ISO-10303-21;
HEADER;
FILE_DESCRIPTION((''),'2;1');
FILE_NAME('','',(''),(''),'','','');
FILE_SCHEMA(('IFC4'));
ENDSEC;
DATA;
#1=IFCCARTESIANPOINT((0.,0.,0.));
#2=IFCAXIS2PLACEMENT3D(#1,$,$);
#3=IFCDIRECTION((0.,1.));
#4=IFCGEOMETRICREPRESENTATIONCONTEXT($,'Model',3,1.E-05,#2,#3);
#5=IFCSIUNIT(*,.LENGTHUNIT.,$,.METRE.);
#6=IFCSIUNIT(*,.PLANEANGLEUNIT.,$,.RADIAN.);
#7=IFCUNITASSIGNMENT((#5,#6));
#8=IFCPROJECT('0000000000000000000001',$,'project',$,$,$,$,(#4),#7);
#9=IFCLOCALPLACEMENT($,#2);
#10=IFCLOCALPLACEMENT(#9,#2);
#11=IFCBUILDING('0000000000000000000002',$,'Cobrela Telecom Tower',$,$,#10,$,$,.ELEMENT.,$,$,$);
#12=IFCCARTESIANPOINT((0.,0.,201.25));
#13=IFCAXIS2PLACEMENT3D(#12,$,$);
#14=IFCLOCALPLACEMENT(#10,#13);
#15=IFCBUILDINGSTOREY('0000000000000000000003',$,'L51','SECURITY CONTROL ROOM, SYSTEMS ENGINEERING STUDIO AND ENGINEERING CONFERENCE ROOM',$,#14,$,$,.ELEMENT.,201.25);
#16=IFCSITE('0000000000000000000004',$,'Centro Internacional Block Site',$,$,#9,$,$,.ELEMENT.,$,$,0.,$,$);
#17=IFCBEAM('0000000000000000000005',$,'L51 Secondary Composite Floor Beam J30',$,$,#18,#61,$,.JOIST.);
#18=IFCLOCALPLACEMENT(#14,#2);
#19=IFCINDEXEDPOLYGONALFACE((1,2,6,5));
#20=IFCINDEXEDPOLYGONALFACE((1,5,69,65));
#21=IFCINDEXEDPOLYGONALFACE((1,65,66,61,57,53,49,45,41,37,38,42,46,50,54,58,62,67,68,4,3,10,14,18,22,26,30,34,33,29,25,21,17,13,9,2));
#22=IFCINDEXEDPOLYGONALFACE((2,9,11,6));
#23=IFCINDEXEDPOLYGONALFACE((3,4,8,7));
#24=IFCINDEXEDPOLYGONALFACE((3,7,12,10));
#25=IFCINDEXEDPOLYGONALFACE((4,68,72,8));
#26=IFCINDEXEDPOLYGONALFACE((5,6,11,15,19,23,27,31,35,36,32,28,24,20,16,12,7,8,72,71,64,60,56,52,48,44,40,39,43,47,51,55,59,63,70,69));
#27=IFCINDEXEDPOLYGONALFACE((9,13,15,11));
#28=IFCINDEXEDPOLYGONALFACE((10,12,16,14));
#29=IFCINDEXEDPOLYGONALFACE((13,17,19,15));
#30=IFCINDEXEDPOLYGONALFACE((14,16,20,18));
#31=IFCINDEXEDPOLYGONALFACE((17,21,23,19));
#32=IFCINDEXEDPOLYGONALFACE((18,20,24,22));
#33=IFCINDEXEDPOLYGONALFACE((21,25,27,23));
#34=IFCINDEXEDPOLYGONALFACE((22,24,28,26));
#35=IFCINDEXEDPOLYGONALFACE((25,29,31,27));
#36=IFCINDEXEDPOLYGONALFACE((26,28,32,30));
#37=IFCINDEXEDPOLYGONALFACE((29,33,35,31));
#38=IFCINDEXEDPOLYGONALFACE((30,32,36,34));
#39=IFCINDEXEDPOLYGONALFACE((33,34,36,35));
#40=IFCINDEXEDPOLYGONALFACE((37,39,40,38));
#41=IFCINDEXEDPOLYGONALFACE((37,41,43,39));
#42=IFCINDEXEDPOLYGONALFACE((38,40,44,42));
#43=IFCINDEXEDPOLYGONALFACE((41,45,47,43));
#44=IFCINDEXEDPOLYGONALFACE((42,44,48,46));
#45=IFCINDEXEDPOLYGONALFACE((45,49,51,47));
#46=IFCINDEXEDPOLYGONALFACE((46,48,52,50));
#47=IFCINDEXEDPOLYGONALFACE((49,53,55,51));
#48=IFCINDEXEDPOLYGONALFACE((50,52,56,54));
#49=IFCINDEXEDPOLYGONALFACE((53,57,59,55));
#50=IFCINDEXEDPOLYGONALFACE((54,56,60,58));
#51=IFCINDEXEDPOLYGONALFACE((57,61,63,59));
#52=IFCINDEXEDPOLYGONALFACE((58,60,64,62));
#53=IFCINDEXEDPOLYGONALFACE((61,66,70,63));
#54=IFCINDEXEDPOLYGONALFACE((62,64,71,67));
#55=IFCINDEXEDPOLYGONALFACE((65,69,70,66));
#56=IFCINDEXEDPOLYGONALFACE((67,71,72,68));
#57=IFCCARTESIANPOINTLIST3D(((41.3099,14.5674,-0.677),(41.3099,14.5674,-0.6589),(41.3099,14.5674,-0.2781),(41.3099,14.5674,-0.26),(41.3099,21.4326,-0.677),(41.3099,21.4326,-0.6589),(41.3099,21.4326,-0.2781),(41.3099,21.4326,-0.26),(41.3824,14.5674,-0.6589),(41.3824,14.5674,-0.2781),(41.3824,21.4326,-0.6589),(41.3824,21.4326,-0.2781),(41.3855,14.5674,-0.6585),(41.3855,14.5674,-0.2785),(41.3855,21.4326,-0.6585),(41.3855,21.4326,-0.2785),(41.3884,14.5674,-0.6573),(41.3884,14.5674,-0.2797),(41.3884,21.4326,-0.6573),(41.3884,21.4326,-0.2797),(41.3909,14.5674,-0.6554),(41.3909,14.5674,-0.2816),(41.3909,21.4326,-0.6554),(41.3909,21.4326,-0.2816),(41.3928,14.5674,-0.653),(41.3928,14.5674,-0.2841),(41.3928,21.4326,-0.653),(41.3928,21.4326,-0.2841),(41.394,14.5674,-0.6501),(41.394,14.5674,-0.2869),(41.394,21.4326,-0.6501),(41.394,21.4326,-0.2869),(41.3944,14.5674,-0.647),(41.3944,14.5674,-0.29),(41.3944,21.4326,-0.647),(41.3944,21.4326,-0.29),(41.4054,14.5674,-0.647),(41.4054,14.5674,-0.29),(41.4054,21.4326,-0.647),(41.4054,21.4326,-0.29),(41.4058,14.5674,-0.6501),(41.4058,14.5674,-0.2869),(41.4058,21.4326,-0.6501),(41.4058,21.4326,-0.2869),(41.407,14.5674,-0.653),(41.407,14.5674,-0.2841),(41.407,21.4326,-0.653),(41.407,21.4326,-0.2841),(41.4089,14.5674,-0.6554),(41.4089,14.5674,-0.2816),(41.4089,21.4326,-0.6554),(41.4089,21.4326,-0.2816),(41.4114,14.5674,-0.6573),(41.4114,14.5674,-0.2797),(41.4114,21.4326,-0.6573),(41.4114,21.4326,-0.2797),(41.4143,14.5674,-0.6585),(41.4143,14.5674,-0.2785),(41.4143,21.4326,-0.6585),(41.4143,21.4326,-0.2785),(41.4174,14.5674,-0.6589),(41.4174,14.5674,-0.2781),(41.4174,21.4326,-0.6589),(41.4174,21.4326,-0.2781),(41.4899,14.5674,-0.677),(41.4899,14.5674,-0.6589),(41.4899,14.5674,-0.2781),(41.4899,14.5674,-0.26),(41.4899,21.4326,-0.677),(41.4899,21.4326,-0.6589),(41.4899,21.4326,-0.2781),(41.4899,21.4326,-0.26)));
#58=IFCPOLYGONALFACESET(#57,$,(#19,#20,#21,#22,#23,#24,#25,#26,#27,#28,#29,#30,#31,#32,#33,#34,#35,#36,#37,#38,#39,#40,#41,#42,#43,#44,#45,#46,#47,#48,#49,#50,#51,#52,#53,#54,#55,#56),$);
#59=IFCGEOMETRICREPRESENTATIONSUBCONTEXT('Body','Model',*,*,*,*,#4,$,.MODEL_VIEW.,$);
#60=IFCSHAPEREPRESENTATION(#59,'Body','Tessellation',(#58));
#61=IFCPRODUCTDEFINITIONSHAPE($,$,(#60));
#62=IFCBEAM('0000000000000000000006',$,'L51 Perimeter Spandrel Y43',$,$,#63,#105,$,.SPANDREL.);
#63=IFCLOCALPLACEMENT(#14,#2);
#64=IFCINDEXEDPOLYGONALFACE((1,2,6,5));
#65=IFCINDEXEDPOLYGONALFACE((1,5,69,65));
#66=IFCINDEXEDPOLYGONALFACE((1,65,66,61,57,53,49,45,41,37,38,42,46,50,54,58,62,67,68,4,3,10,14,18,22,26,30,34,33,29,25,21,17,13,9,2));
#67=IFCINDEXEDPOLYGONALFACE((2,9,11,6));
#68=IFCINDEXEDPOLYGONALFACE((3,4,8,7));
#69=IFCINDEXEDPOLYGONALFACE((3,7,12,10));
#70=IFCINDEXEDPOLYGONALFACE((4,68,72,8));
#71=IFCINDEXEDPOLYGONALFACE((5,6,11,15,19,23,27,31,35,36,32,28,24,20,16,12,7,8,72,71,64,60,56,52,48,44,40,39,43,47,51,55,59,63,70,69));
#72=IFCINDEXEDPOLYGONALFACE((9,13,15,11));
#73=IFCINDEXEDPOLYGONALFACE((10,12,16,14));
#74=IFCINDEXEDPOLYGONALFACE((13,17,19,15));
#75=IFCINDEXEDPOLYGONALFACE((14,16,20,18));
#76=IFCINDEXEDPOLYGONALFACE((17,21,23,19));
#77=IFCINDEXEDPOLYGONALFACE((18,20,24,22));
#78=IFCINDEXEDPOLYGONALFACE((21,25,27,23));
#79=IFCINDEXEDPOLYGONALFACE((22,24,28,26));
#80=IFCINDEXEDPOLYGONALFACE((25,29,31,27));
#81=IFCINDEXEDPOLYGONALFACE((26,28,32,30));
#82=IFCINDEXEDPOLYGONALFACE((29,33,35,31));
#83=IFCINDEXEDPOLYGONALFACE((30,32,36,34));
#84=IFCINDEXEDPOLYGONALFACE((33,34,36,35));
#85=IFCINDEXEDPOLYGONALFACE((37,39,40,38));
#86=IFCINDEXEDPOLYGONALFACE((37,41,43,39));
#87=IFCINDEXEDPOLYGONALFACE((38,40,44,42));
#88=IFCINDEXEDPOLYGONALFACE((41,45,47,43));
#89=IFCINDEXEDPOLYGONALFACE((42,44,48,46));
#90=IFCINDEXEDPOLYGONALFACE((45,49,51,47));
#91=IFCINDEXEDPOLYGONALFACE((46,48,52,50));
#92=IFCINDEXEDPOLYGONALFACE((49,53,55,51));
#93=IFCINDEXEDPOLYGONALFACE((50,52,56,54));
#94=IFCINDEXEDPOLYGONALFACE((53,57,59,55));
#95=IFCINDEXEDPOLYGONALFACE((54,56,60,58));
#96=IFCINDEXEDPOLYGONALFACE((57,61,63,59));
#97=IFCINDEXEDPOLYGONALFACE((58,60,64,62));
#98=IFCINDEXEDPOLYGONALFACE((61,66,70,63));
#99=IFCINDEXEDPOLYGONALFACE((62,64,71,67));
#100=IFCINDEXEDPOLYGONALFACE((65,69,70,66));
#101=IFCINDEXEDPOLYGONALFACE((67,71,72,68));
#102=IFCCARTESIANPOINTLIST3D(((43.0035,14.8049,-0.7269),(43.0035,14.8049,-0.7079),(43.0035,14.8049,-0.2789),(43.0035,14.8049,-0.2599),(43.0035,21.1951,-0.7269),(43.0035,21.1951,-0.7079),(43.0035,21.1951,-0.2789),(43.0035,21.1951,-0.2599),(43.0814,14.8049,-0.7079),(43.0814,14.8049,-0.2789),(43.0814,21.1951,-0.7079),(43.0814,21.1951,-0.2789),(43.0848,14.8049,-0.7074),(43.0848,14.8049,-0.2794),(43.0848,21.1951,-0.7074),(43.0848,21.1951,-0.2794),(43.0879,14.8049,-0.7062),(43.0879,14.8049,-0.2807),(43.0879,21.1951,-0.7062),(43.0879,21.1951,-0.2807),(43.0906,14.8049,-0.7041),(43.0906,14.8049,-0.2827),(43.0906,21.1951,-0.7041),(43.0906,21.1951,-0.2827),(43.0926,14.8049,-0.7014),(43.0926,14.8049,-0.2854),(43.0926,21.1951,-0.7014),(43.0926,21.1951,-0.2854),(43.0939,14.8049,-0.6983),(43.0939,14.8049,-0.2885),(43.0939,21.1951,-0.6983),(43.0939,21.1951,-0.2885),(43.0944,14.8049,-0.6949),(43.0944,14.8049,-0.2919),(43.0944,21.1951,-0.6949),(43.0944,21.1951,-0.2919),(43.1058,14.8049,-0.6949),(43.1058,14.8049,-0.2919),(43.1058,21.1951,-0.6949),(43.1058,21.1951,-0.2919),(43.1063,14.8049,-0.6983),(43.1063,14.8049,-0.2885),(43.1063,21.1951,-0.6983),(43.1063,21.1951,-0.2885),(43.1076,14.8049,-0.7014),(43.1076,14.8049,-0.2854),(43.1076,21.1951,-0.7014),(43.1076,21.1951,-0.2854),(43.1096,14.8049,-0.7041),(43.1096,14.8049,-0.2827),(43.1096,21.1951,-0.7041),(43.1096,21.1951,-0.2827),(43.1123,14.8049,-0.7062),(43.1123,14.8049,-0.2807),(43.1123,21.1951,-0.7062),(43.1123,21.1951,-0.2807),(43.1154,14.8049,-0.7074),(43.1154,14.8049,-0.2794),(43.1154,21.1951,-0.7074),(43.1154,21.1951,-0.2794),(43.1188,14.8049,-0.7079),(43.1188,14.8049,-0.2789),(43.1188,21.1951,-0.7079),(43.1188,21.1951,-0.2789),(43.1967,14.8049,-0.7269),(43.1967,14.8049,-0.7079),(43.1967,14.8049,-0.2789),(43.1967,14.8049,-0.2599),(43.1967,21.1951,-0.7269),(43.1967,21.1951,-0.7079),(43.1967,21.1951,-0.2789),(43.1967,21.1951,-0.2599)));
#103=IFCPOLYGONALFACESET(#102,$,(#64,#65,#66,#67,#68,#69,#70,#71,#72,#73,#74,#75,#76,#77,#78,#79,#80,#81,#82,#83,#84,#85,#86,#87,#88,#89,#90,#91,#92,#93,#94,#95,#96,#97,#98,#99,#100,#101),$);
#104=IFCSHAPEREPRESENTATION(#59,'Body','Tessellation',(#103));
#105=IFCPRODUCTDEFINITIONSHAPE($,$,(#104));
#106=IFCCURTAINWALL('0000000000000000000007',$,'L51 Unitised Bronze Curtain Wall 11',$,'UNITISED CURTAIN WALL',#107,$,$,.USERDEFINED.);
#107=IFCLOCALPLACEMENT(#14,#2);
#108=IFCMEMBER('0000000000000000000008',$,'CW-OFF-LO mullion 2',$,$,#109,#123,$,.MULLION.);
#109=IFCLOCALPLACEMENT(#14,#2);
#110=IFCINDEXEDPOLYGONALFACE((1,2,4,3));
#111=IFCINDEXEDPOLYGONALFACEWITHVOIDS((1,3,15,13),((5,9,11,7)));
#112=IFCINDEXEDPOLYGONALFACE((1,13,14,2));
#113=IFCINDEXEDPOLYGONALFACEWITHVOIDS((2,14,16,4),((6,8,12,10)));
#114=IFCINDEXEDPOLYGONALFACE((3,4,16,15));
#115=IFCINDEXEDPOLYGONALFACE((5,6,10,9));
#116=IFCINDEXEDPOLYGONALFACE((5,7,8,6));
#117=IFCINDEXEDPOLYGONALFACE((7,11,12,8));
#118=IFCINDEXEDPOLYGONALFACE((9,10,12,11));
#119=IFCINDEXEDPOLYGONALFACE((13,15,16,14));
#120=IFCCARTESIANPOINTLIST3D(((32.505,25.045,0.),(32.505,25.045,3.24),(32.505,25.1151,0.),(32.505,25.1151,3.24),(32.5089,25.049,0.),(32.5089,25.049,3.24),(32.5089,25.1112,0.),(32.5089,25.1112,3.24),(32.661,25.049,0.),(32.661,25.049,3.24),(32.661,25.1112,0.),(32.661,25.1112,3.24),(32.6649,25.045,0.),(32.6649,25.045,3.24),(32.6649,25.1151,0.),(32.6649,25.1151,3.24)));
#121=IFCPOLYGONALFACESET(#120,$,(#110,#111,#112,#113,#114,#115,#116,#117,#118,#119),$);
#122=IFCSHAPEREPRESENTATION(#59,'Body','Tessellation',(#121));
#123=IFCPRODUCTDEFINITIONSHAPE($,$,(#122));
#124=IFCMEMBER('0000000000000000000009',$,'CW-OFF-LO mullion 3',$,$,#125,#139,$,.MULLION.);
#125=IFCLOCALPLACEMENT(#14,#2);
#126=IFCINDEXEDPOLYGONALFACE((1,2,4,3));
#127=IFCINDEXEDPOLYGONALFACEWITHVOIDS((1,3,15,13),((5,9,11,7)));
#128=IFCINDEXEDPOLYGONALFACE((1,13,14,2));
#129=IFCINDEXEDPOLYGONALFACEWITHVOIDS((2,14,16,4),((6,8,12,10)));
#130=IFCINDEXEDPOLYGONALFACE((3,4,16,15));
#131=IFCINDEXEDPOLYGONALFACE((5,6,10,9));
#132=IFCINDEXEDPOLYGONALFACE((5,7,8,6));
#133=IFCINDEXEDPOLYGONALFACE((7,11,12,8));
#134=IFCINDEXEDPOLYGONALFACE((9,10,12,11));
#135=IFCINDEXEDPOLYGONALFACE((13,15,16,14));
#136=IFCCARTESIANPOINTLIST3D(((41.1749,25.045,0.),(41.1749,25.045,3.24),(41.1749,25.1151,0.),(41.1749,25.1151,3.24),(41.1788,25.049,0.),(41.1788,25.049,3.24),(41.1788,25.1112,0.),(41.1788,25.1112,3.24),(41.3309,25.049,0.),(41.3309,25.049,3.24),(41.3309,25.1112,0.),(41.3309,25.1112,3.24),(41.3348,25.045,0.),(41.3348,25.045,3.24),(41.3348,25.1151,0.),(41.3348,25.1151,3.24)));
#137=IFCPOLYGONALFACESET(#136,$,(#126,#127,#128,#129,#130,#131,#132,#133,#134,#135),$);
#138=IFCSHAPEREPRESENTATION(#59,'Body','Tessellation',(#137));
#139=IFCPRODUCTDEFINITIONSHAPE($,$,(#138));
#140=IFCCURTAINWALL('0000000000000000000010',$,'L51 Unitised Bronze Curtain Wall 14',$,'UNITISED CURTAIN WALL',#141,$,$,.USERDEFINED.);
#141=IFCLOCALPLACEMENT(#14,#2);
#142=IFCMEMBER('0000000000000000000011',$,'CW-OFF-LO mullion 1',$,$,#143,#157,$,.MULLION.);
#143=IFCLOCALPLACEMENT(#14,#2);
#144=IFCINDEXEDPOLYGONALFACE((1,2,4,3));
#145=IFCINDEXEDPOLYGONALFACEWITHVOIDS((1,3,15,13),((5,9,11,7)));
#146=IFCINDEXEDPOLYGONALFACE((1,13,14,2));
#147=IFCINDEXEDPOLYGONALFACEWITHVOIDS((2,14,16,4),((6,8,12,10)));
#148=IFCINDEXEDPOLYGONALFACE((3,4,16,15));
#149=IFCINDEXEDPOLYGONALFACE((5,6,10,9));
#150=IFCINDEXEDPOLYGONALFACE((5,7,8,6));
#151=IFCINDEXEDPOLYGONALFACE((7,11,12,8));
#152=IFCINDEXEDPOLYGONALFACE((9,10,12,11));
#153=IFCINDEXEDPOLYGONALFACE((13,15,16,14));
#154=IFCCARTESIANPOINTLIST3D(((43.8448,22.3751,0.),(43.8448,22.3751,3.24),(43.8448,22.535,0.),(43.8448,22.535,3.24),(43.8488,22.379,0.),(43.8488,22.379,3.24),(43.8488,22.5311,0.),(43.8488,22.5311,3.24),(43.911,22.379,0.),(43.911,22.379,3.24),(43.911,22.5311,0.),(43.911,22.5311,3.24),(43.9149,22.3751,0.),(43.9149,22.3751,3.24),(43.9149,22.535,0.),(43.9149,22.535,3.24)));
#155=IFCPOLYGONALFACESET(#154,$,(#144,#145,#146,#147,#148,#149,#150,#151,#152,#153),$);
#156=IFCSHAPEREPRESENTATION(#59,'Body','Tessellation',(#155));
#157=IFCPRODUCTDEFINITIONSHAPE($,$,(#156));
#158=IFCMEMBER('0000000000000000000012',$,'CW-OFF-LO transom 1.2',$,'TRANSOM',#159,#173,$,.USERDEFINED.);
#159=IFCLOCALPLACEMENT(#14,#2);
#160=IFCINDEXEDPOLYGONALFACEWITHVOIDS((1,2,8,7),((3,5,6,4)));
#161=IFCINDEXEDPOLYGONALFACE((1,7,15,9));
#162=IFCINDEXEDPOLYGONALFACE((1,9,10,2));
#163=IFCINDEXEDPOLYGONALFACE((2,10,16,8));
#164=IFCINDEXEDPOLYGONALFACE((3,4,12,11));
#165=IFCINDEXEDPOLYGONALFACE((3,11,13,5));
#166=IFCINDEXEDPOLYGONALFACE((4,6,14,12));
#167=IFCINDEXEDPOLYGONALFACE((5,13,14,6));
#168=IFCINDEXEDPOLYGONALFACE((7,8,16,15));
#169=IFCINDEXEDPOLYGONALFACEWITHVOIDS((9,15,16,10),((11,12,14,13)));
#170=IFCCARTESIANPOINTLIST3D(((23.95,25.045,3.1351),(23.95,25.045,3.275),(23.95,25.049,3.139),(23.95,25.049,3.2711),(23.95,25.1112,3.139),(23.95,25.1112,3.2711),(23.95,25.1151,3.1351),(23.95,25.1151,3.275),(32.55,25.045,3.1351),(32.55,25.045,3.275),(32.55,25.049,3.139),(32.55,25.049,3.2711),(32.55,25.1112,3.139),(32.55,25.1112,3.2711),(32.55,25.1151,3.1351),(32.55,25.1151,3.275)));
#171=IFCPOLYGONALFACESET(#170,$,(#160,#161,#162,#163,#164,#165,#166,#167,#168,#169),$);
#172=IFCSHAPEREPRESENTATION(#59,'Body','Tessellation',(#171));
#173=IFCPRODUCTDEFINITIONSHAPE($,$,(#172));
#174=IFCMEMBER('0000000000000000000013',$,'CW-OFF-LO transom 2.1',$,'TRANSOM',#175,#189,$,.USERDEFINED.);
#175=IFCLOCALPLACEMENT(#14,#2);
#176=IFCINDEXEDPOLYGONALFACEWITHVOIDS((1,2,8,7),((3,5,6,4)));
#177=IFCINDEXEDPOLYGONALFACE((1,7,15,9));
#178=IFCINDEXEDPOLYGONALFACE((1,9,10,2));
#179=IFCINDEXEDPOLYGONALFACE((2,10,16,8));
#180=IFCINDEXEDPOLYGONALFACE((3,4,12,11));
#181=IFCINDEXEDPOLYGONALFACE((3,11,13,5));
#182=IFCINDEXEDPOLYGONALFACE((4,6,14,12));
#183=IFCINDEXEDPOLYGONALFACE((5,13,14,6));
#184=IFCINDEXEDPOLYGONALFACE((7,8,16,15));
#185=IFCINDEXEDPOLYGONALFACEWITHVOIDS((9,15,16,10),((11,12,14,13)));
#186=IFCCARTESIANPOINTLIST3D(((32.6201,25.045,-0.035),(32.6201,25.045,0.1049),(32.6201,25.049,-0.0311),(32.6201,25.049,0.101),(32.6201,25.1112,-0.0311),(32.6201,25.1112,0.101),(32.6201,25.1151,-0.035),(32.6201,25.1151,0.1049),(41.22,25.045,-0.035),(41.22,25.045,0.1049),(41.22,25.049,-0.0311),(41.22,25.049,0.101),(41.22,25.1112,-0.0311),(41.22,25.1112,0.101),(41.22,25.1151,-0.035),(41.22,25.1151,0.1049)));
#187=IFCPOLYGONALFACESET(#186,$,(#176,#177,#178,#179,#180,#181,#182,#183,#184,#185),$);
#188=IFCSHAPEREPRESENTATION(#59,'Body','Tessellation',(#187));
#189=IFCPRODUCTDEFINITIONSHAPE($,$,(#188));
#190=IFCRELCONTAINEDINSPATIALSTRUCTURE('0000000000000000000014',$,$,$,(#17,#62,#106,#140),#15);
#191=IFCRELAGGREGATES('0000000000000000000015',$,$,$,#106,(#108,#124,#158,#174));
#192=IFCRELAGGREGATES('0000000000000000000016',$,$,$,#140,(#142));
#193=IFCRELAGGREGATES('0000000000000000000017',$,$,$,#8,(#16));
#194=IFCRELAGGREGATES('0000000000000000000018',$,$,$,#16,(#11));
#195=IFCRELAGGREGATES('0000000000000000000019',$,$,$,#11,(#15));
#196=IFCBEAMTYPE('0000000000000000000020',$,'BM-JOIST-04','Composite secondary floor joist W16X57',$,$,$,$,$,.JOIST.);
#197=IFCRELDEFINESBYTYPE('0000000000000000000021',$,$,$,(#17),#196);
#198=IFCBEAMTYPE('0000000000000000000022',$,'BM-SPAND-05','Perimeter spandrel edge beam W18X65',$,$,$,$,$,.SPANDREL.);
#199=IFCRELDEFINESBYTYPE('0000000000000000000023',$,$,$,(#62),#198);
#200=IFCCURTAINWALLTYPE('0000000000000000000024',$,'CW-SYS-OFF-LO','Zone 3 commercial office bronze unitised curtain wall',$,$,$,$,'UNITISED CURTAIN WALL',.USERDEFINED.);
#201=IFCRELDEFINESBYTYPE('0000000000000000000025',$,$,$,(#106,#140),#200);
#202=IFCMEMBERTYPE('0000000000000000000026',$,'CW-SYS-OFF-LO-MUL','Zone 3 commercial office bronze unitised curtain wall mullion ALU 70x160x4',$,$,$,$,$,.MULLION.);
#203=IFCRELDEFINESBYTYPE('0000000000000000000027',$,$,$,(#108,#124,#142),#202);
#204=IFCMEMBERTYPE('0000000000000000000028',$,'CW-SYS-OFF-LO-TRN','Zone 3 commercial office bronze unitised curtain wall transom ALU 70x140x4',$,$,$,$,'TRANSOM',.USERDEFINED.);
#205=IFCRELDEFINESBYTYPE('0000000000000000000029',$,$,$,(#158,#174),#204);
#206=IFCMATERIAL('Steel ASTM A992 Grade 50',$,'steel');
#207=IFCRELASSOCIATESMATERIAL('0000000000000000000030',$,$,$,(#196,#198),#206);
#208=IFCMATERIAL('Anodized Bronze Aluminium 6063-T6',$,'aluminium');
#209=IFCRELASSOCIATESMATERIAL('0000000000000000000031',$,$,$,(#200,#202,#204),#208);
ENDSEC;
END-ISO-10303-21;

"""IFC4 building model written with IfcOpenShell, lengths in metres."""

from ifc_helpers import new_model, si_unit, direction, frame, origin, origin_2d, place, context, subcontext, project, spatial, hollow_rectangle, i_section, extrude, material, material_profile, profile_set, type_object, element, aggregate, save


model = new_model("IFC4")

# Units and contexts
model_context = context("Model", 3, precision=1e-05, world=origin(), true_north=direction((0.0, 1.0)))
body_context = subcontext(model_context, "Body", "Model", "MODEL_VIEW")
ifc_project = project(units=[si_unit("LENGTHUNIT", "METRE"), si_unit("PLANEANGLEUNIT", "RADIAN")], contexts=[model_context])

# Site, building, storey
site_placement = place(None, origin())
site = spatial("IfcSite", under=ifc_project, at=site_placement, Name="Centro Internacional Block Site", CompositionType="ELEMENT", RefElevation=0.0)
building_placement = place(site_placement, origin())
building = spatial("IfcBuilding", under=site, at=building_placement, Name="Cobrela Telecom Tower", CompositionType="ELEMENT")
storey_placement = place(building_placement, frame((0.0, 0.0, 201.25)))
storey = spatial("IfcBuildingStorey", under=building, at=storey_placement, Name="L51", Description="SECURITY CONTROL ROOM, SYSTEMS ENGINEERING STUDIO AND ENGINEERING CONFERENCE ROOM", CompositionType="ELEMENT", Elevation=201.25)

# Shared definitions
ifc_material_1 = material(Name="Steel ASTM A992 Grade 50", Category="steel")

# Beams
ifc_material_profile_1 = material_profile(ifc_material_1, i_section(OverallWidth=0.1799, OverallDepth=0.417, WebThickness=0.011, FlangeThickness=0.0181, FilletRadius=0.012, at=origin_2d()), Name="W16X57")
ifc_profile_set_1 = profile_set([ifc_material_profile_1], Name="Steel ASTM A992 Grade 50")
beam_type_1 = type_object("IfcBeamType", Name="BM-JOIST-04", Description="Composite secondary floor joist W16X57", PredefinedType="JOIST", material=ifc_profile_set_1)
for number, where, z_axis, x_axis, name in (
    (1, (41.3999, 14.5674, -0.4685), (0.0, 1.0, 0.0), (-1.0, 0.0, 0.0), "L51 Secondary Composite Floor Beam J30"),
):
    element("IfcBeam", number, at=place(storey_placement, frame(where, z_axis=z_axis, x_axis=x_axis)), inside=storey, type_object=beam_type_1, Name=name, PredefinedType="JOIST", context=body_context, shape_type="SweptSolid", body=[
        extrude(i_section(OverallWidth=0.1799, OverallDepth=0.417, WebThickness=0.011, FlangeThickness=0.0181, FilletRadius=0.012, at=origin_2d()), origin(), (0.0, 0.0, 1.0), 6.8652),
    ])
ifc_material_profile_2 = material_profile(ifc_material_1, i_section(OverallWidth=0.1931, OverallDepth=0.467, WebThickness=0.0115, FlangeThickness=0.019, FilletRadius=0.0129, at=origin_2d()), Name="W18X65")
ifc_profile_set_2 = profile_set([ifc_material_profile_2], Name="Steel ASTM A992 Grade 50")
beam_type_2 = type_object("IfcBeamType", Name="BM-SPAND-05", Description="Perimeter spandrel edge beam W18X65", PredefinedType="SPANDREL", material=ifc_profile_set_2)
beam_1_placement = place(storey_placement, frame((43.1001, 14.8049, -0.4934), z_axis=(0.0, 1.0, 0.0), x_axis=(-1.0, 0.0, 0.0)))
element("IfcBeam", 2, at=beam_1_placement, inside=storey, type_object=beam_type_2, Name="L51 Perimeter Spandrel Y43", PredefinedType="SPANDREL", context=body_context, shape_type="SweptSolid", body=[
    extrude(i_section(OverallWidth=0.1931, OverallDepth=0.467, WebThickness=0.0115, FlangeThickness=0.019, FilletRadius=0.0129, at=origin_2d()), origin(), (0.0, 0.0, 1.0), 6.3901),
])

# Curtain wall, members
ifc_material_2 = material(Name="Anodized Bronze Aluminium 6063-T6", Category="aluminium")
curtain_wall_type = type_object("IfcCurtainWallType", Name="CW-SYS-OFF-LO", Description="Zone 3 commercial office bronze unitised curtain wall", ElementType="UNITISED CURTAIN WALL", PredefinedType="USERDEFINED", material=ifc_material_2)
curtain_wall_1_placement = place(storey_placement, origin())
curtain_wall_1 = element("IfcCurtainWall", 3, at=curtain_wall_1_placement, inside=storey, type_object=curtain_wall_type, Name="L51 Unitised Bronze Curtain Wall 11", ObjectType="UNITISED CURTAIN WALL", PredefinedType="USERDEFINED")
ifc_material_profile_3 = material_profile(ifc_material_2, hollow_rectangle(XDim=0.0701, YDim=0.1599, WallThickness=0.0039, at=origin_2d()), Name="ALU 70x160x4")
ifc_profile_set_3 = profile_set([ifc_material_profile_3], Name="Anodized Bronze Aluminium 6063-T6")
member_type_1 = type_object("IfcMemberType", Name="CW-SYS-OFF-LO-MUL", Description="Zone 3 commercial office bronze unitised curtain wall mullion ALU 70x160x4", PredefinedType="MULLION", material=ifc_profile_set_3)
member_1_placement = place(storey_placement, frame((32.585, 25.0801, 0.0), z_axis=(0.0, 0.0, 1.0), x_axis=(0.0, 1.0, 0.0)))
member_1 = element("IfcMember", 4, at=member_1_placement, type_object=member_type_1, Name="CW-OFF-LO mullion 2", PredefinedType="MULLION", context=body_context, shape_type="SweptSolid", body=[
    extrude(hollow_rectangle(XDim=0.0701, YDim=0.1599, WallThickness=0.0039, at=origin_2d()), origin(), (0.0, 0.0, 1.0), 3.24),
])
member_2_placement = place(storey_placement, frame((41.2549, 25.0801, 0.0), z_axis=(0.0, 0.0, 1.0), x_axis=(0.0, 1.0, 0.0)))
member_2 = element("IfcMember", 5, at=member_2_placement, type_object=member_type_1, Name="CW-OFF-LO mullion 3", PredefinedType="MULLION", context=body_context, shape_type="SweptSolid", body=[
    extrude(hollow_rectangle(XDim=0.0701, YDim=0.1599, WallThickness=0.0039, at=origin_2d()), origin(), (0.0, 0.0, 1.0), 3.24),
])

# Curtain wall, member
curtain_wall_2_placement = place(storey_placement, origin())
curtain_wall_2 = element("IfcCurtainWall", 6, at=curtain_wall_2_placement, inside=storey, type_object=curtain_wall_type, Name="L51 Unitised Bronze Curtain Wall 14", ObjectType="UNITISED CURTAIN WALL", PredefinedType="USERDEFINED")
member_3_placement = place(storey_placement, frame((43.8799, 22.4551, 0.0), z_axis=(0.0, 0.0, 1.0), x_axis=(1.0, 0.0, 0.0)))
member_3 = element("IfcMember", 7, at=member_3_placement, type_object=member_type_1, Name="CW-OFF-LO mullion 1", PredefinedType="MULLION", context=body_context, shape_type="SweptSolid", body=[
    extrude(hollow_rectangle(XDim=0.0701, YDim=0.1599, WallThickness=0.0039, at=origin_2d()), origin(), (0.0, 0.0, 1.0), 3.24),
])

# Members
ifc_material_profile_4 = material_profile(ifc_material_2, hollow_rectangle(XDim=0.0701, YDim=0.1399, WallThickness=0.0039, at=origin_2d()), Name="ALU 70x140x4")
ifc_profile_set_4 = profile_set([ifc_material_profile_4], Name="Anodized Bronze Aluminium 6063-T6")
member_type_2 = type_object("IfcMemberType", Name="CW-SYS-OFF-LO-TRN", Description="Zone 3 commercial office bronze unitised curtain wall transom ALU 70x140x4", ElementType="TRANSOM", PredefinedType="USERDEFINED", material=ifc_profile_set_4)
member_4_placement = place(storey_placement, frame((23.95, 25.0801, 3.2051), z_axis=(1.0, 0.0, 0.0), x_axis=(0.0, 1.0, 0.0)))
member_4 = element("IfcMember", 8, at=member_4_placement, type_object=member_type_2, Name="CW-OFF-LO transom 1.2", ObjectType="TRANSOM", PredefinedType="USERDEFINED", context=body_context, shape_type="SweptSolid", body=[
    extrude(hollow_rectangle(XDim=0.0701, YDim=0.1399, WallThickness=0.0039, at=origin_2d()), origin(), (0.0, 0.0, 1.0), 8.6001),
])
member_5_placement = place(storey_placement, frame((32.6201, 25.0801, 0.0349), z_axis=(1.0, 0.0, 0.0), x_axis=(0.0, 1.0, 0.0)))
member_5 = element("IfcMember", 9, at=member_5_placement, type_object=member_type_2, Name="CW-OFF-LO transom 2.1", ObjectType="TRANSOM", PredefinedType="USERDEFINED", context=body_context, shape_type="SweptSolid", body=[
    extrude(hollow_rectangle(XDim=0.0701, YDim=0.1399, WallThickness=0.0039, at=origin_2d()), origin(), (0.0, 0.0, 1.0), 8.5999),
])

aggregate(curtain_wall_1, [member_1, member_2, member_4, member_5])
aggregate(curtain_wall_2, [member_3])

save(model, "model.ifc")
